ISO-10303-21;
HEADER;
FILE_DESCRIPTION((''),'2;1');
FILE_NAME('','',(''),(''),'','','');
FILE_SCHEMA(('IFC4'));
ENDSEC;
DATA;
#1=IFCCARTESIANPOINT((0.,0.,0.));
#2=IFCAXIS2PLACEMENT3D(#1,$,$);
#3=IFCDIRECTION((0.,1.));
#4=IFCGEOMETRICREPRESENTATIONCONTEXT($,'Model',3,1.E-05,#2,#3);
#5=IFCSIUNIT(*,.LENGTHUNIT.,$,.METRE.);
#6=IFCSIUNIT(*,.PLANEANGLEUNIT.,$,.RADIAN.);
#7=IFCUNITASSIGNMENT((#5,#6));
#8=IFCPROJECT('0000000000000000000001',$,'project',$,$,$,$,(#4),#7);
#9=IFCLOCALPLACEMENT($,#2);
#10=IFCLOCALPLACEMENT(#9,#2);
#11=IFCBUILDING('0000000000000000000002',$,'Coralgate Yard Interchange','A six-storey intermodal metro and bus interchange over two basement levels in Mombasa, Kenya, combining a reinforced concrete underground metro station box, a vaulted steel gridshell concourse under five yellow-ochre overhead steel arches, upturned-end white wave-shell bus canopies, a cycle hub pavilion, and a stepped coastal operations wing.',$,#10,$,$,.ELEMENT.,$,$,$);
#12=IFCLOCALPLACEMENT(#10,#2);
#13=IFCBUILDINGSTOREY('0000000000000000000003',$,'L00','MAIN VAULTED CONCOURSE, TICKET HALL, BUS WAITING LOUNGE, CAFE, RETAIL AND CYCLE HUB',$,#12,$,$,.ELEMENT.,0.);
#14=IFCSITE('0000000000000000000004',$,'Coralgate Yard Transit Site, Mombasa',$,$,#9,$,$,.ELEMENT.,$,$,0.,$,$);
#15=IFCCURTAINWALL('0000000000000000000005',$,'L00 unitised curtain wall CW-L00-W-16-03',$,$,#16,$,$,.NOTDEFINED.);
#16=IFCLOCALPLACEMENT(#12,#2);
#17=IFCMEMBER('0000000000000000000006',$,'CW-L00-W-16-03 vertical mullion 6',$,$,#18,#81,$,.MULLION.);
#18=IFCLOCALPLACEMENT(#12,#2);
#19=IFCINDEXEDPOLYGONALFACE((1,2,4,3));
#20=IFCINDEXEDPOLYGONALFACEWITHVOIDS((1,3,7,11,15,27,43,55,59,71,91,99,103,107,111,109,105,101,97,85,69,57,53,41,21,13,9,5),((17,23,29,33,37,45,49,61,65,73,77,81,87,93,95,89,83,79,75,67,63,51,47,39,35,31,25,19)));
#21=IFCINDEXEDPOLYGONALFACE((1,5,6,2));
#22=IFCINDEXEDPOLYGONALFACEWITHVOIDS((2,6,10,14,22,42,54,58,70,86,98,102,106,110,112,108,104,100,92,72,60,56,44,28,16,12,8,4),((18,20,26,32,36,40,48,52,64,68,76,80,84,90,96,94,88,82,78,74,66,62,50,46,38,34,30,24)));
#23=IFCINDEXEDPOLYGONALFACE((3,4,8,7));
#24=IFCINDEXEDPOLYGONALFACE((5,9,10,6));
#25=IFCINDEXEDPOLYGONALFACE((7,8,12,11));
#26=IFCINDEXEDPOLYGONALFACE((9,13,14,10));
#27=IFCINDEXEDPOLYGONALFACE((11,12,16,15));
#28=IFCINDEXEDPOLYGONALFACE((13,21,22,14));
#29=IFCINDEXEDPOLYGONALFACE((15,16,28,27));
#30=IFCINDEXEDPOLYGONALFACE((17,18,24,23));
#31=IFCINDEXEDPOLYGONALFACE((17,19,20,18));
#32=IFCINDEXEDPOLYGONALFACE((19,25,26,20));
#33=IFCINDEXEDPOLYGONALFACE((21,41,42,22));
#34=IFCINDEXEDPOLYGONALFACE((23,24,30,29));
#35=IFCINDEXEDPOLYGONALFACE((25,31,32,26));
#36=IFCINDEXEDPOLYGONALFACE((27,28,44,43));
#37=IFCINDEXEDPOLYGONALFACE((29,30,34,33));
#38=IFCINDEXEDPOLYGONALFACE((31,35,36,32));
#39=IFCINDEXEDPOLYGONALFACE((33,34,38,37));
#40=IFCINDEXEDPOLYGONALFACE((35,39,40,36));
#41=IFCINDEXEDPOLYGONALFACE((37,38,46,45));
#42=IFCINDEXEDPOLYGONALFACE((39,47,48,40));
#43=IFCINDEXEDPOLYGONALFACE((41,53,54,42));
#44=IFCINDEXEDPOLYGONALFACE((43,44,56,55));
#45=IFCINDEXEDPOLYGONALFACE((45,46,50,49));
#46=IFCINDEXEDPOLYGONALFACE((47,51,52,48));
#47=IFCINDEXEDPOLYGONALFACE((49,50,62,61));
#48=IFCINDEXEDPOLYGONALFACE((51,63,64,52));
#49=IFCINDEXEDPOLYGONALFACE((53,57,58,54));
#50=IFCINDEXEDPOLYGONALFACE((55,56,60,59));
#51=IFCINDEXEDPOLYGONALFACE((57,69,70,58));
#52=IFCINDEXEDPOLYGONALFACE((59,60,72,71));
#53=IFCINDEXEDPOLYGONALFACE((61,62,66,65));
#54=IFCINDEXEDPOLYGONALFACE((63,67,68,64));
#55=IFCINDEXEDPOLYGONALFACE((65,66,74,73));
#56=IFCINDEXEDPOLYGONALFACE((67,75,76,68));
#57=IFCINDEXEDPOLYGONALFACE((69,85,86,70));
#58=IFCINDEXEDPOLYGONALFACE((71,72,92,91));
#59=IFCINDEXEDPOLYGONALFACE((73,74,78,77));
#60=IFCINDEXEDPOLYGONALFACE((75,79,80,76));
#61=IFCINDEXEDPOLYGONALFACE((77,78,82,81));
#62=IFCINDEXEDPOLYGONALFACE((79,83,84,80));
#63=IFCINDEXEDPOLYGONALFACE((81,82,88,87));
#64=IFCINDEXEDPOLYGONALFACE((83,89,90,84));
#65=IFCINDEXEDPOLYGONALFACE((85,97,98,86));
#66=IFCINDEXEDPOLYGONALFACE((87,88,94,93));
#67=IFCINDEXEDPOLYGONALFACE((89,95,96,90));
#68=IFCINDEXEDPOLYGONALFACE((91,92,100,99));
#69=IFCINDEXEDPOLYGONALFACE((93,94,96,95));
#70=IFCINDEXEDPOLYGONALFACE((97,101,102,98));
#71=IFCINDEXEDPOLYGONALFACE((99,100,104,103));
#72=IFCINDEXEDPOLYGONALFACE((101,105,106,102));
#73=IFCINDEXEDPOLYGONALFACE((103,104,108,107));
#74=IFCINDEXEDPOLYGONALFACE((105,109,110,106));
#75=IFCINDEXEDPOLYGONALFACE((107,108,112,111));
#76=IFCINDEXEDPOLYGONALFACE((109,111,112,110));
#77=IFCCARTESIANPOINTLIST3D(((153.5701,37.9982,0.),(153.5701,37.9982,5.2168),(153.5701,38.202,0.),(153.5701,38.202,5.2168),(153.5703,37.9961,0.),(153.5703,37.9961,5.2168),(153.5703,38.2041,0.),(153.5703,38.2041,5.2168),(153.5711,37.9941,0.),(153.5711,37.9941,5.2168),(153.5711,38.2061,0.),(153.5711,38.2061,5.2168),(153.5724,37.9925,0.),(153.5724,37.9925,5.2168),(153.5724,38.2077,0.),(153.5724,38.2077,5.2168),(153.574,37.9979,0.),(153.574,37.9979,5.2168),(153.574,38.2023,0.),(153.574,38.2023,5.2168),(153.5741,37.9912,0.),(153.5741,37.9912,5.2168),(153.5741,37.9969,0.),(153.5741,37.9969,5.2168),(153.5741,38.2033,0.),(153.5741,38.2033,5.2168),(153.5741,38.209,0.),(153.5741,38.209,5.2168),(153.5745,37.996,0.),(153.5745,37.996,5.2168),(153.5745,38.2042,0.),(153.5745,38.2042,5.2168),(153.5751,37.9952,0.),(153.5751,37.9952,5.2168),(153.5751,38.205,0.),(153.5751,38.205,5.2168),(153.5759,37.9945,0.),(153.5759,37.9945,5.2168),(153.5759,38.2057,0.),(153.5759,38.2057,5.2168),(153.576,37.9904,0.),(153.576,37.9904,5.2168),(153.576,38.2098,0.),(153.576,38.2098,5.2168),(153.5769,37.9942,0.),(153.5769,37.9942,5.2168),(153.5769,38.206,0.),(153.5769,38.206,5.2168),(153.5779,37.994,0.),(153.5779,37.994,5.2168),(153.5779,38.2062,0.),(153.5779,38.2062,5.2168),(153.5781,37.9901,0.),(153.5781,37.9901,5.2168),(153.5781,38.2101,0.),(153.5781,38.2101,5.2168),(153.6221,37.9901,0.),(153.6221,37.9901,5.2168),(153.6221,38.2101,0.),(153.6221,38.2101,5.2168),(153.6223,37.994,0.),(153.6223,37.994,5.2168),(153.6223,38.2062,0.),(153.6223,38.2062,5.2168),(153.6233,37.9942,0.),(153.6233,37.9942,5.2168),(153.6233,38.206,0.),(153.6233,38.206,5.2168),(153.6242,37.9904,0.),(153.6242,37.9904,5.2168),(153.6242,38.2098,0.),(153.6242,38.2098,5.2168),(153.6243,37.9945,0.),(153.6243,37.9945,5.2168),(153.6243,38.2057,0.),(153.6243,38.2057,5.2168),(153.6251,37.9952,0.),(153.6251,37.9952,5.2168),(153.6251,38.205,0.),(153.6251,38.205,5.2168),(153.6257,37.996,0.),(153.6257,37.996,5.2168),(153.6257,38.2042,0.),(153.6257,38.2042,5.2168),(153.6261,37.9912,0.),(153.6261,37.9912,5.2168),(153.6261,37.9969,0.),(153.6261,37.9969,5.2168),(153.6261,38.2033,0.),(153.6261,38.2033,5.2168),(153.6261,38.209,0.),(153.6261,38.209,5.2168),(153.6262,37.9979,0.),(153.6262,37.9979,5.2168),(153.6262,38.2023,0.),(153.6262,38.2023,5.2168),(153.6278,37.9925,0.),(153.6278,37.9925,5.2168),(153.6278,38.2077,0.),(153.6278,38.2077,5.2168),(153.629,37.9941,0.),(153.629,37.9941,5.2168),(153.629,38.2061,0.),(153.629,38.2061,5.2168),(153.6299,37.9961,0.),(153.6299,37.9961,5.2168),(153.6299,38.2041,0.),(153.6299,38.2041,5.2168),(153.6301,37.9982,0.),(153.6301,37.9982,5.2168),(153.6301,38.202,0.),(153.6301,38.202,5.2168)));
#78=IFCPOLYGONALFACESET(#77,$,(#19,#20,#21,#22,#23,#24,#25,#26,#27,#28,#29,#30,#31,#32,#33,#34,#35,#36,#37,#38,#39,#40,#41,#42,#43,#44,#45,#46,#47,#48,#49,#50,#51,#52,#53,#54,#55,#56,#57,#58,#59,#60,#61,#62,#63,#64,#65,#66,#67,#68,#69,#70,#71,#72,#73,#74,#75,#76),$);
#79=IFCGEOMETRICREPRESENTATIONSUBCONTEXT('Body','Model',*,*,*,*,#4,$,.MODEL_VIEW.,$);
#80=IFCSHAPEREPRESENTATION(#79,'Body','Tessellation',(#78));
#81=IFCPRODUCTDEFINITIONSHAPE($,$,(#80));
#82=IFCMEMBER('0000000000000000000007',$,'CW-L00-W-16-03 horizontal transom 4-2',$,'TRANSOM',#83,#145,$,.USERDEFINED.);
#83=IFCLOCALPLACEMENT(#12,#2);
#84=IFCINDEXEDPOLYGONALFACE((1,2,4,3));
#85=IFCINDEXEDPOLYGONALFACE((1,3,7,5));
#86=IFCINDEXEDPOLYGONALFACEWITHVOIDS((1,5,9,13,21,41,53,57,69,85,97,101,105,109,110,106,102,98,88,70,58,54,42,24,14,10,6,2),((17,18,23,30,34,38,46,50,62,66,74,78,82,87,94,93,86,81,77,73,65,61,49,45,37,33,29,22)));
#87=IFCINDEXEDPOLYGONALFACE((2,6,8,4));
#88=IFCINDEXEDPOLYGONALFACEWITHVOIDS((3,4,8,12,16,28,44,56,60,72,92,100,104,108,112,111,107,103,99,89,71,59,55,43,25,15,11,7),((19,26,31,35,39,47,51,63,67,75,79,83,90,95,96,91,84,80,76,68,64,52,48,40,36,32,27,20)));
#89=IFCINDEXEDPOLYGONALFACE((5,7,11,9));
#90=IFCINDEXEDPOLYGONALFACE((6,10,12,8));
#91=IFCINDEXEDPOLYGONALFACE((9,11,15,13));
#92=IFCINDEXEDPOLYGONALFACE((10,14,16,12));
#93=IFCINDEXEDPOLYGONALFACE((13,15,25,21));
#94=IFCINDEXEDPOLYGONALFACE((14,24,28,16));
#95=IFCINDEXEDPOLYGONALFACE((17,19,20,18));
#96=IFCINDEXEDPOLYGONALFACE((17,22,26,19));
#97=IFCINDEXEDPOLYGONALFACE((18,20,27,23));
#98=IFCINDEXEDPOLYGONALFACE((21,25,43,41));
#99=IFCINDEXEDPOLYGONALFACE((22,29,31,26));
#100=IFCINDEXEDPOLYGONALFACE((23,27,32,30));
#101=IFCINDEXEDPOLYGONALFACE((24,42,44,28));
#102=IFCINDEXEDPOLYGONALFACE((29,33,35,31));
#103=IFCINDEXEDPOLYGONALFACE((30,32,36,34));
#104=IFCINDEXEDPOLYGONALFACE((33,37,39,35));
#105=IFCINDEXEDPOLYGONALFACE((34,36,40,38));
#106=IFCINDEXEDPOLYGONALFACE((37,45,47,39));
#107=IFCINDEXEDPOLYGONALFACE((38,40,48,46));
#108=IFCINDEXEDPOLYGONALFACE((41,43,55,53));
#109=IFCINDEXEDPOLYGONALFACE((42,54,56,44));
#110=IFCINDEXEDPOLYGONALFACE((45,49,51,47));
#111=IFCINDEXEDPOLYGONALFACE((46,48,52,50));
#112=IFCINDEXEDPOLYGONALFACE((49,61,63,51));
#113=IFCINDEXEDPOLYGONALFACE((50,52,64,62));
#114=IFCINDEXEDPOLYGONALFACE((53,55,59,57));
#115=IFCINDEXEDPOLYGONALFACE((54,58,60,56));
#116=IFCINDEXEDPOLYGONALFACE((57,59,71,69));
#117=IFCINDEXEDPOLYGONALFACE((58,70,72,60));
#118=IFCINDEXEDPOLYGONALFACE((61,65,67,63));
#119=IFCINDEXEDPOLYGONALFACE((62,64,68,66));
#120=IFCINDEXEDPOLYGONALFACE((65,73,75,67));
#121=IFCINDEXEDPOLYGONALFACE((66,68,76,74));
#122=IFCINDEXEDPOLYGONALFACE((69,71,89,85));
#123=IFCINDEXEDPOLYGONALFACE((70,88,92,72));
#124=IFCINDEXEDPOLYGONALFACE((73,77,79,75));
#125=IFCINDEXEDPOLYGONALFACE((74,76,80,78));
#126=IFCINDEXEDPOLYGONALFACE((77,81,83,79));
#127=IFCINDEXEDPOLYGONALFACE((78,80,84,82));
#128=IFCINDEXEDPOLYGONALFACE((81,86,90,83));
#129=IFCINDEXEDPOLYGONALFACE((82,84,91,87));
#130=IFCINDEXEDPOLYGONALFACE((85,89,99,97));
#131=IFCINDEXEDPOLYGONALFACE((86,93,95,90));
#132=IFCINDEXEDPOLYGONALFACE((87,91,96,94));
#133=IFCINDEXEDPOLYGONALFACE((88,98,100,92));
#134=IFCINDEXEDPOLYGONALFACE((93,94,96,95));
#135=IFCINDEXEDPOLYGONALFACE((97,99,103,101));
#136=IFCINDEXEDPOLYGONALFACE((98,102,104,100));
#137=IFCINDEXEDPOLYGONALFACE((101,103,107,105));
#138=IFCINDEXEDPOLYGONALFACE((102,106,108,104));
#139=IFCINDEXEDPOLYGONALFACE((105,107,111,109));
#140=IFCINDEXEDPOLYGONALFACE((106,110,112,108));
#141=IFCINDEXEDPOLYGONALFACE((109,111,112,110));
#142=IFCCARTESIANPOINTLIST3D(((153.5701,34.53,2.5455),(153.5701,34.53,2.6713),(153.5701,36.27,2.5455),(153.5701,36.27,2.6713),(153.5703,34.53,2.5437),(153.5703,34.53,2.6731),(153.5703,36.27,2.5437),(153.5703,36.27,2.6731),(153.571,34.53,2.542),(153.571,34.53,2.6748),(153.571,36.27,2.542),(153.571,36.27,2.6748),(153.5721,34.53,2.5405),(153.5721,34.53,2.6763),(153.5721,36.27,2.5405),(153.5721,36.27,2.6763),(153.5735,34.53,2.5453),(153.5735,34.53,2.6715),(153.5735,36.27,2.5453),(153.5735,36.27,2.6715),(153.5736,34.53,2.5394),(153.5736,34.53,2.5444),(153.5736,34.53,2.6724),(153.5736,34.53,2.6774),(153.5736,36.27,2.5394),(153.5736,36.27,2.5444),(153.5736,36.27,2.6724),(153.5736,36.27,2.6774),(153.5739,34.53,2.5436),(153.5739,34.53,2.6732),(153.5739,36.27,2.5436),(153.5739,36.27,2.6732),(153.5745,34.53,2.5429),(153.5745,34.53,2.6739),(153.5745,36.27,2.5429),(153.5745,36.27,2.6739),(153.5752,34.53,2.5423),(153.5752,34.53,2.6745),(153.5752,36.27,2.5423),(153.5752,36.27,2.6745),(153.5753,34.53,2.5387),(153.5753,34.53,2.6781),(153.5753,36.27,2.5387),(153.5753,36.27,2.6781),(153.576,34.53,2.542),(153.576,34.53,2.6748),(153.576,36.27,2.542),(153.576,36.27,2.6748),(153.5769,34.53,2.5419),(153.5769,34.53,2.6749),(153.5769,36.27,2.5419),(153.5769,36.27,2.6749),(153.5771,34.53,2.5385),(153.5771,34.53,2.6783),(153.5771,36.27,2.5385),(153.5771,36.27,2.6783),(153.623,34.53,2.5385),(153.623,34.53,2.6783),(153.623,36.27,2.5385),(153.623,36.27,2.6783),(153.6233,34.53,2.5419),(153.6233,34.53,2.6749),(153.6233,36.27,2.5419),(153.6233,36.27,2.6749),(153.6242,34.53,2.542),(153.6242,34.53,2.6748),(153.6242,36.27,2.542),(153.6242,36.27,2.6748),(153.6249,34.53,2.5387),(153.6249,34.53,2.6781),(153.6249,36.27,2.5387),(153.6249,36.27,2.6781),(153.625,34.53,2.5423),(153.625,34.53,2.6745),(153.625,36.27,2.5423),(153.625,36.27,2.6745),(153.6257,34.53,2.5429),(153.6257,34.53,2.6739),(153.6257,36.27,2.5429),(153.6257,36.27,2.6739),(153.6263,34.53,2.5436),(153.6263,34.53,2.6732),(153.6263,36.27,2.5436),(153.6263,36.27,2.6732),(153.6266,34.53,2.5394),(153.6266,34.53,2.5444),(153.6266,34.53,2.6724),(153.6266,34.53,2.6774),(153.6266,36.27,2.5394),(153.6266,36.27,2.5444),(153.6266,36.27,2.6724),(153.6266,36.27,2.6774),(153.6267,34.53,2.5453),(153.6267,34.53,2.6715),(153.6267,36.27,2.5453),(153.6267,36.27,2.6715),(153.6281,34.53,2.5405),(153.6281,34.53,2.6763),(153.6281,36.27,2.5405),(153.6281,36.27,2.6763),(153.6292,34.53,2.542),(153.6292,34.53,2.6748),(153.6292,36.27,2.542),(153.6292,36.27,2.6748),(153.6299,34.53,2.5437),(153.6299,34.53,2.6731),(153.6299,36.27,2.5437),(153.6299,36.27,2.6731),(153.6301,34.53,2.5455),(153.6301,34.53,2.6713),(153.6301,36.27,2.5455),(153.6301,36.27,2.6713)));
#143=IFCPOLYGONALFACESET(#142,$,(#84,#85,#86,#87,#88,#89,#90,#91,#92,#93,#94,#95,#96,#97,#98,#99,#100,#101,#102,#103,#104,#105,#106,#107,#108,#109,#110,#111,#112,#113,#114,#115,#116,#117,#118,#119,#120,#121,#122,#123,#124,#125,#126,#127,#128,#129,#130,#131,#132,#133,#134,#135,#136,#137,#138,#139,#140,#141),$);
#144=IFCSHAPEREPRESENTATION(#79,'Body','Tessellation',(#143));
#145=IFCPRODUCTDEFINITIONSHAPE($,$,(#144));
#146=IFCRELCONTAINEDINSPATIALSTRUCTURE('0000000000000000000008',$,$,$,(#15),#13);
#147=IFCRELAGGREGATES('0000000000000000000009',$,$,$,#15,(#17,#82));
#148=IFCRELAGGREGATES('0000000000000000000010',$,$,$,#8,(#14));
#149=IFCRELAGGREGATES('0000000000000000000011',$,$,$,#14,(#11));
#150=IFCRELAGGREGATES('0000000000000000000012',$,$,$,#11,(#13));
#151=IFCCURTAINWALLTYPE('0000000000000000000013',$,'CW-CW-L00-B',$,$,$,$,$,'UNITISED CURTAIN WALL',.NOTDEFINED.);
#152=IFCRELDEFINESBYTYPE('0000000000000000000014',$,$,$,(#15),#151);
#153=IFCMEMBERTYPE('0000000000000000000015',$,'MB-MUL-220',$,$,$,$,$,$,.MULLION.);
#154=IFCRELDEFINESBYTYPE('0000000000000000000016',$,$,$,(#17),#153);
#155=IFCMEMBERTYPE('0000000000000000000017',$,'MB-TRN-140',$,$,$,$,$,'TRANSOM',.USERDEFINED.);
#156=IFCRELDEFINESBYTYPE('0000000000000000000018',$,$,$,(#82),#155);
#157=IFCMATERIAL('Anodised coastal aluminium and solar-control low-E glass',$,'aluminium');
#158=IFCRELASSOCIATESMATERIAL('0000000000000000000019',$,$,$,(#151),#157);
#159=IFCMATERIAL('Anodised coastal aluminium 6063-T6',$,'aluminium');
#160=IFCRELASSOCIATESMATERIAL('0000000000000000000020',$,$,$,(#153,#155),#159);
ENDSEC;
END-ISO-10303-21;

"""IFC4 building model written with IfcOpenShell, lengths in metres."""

from ifc_helpers import new_model, si_unit, direction, frame, origin, origin_2d, place, context, subcontext, project, spatial, hollow_rectangle, extrude, material, material_profile, profile_set, type_object, element, aggregate, save


model = new_model("IFC4")

# Units and contexts
model_context = context("Model", 3, precision=1e-05, world=origin(), true_north=direction((0.0, 1.0)))
body_context = subcontext(model_context, "Body", "Model", "MODEL_VIEW")
ifc_project = project(units=[si_unit("LENGTHUNIT", "METRE"), si_unit("PLANEANGLEUNIT", "RADIAN")], contexts=[model_context])

# Site, building, storey
site_placement = place(None, origin())
site = spatial("IfcSite", under=ifc_project, at=site_placement, Name="Coralgate Yard Transit Site, Mombasa", CompositionType="ELEMENT", RefElevation=0.0)
building_placement = place(site_placement, origin())
building = spatial("IfcBuilding", under=site, at=building_placement, Name="Coralgate Yard Interchange", Description="A six-storey intermodal metro and bus interchange over two basement levels in Mombasa, Kenya, combining a reinforced concrete underground metro station box, a vaulted steel gridshell concourse under five yellow-ochre overhead steel arches, upturned-end white wave-shell bus canopies, a cycle hub pavilion, and a stepped coastal operations wing.", CompositionType="ELEMENT")
storey_placement = place(building_placement, origin())
storey = spatial("IfcBuildingStorey", under=building, at=storey_placement, Name="L00", Description="MAIN VAULTED CONCOURSE, TICKET HALL, BUS WAITING LOUNGE, CAFE, RETAIL AND CYCLE HUB", CompositionType="ELEMENT", Elevation=0.0)

# Curtain wall, members
ifc_material_1 = material(Name="Anodised coastal aluminium and solar-control low-E glass", Category="aluminium")
curtain_wall_type = type_object("IfcCurtainWallType", Name="CW-CW-L00-B", ElementType="UNITISED CURTAIN WALL", PredefinedType="NOTDEFINED", material=ifc_material_1)
curtain_wall_placement = place(storey_placement, origin())
curtain_wall = element("IfcCurtainWall", 1, at=curtain_wall_placement, inside=storey, type_object=curtain_wall_type, Name="L00 unitised curtain wall CW-L00-W-16-03", PredefinedType="NOTDEFINED")
ifc_material_2 = material(Name="Anodised coastal aluminium 6063-T6", Category="aluminium")
ifc_material_profile_1 = material_profile(ifc_material_2, hollow_rectangle(XDim=0.0601, YDim=0.22, WallThickness=0.0039, InnerFilletRadius=0.0039, OuterFilletRadius=0.0081, at=origin_2d()), Name="ALU 60x220x4")
ifc_profile_set_1 = profile_set([ifc_material_profile_1], Name="Anodised coastal aluminium 6063-T6")
member_type_1 = type_object("IfcMemberType", Name="MB-MUL-220", PredefinedType="MULLION", material=ifc_profile_set_1)
member_1_placement = place(storey_placement, frame((153.6001, 38.1001, 0.0), z_axis=(0.0, 0.0, 1.0), x_axis=(1.0, 0.0, 0.0)))
member_1 = element("IfcMember", 2, at=member_1_placement, type_object=member_type_1, Name="CW-L00-W-16-03 vertical mullion 6", PredefinedType="MULLION", context=body_context, shape_type="SweptSolid", body=[
    extrude(hollow_rectangle(XDim=0.0601, YDim=0.22, WallThickness=0.0039, InnerFilletRadius=0.0039, OuterFilletRadius=0.0081, at=origin_2d()), origin(), (0.0, 0.0, 1.0), 5.2168),
])
ifc_material_profile_2 = material_profile(ifc_material_2, hollow_rectangle(XDim=0.0601, YDim=0.1399, WallThickness=0.0034, InnerFilletRadius=0.0034, OuterFilletRadius=0.0071, at=origin_2d()), Name="ALU 60x140x3.5")
ifc_profile_set_2 = profile_set([ifc_material_profile_2], Name="Anodised coastal aluminium 6063-T6")
member_type_2 = type_object("IfcMemberType", Name="MB-TRN-140", ElementType="TRANSOM", PredefinedType="USERDEFINED", material=ifc_profile_set_2)
member_2_placement = place(storey_placement, frame((153.6001, 34.53, 2.6084), z_axis=(0.0, 1.0, 0.0), x_axis=(-1.0, 0.0, 0.0)))
member_2 = element("IfcMember", 3, at=member_2_placement, type_object=member_type_2, Name="CW-L00-W-16-03 horizontal transom 4-2", ObjectType="TRANSOM", PredefinedType="USERDEFINED", context=body_context, shape_type="SweptSolid", body=[
    extrude(hollow_rectangle(XDim=0.0601, YDim=0.1399, WallThickness=0.0034, InnerFilletRadius=0.0034, OuterFilletRadius=0.0071, at=origin_2d()), origin(), (0.0, 0.0, 1.0), 1.74),
])
aggregate(curtain_wall, [member_1, member_2])

save(model, "model.ifc")
